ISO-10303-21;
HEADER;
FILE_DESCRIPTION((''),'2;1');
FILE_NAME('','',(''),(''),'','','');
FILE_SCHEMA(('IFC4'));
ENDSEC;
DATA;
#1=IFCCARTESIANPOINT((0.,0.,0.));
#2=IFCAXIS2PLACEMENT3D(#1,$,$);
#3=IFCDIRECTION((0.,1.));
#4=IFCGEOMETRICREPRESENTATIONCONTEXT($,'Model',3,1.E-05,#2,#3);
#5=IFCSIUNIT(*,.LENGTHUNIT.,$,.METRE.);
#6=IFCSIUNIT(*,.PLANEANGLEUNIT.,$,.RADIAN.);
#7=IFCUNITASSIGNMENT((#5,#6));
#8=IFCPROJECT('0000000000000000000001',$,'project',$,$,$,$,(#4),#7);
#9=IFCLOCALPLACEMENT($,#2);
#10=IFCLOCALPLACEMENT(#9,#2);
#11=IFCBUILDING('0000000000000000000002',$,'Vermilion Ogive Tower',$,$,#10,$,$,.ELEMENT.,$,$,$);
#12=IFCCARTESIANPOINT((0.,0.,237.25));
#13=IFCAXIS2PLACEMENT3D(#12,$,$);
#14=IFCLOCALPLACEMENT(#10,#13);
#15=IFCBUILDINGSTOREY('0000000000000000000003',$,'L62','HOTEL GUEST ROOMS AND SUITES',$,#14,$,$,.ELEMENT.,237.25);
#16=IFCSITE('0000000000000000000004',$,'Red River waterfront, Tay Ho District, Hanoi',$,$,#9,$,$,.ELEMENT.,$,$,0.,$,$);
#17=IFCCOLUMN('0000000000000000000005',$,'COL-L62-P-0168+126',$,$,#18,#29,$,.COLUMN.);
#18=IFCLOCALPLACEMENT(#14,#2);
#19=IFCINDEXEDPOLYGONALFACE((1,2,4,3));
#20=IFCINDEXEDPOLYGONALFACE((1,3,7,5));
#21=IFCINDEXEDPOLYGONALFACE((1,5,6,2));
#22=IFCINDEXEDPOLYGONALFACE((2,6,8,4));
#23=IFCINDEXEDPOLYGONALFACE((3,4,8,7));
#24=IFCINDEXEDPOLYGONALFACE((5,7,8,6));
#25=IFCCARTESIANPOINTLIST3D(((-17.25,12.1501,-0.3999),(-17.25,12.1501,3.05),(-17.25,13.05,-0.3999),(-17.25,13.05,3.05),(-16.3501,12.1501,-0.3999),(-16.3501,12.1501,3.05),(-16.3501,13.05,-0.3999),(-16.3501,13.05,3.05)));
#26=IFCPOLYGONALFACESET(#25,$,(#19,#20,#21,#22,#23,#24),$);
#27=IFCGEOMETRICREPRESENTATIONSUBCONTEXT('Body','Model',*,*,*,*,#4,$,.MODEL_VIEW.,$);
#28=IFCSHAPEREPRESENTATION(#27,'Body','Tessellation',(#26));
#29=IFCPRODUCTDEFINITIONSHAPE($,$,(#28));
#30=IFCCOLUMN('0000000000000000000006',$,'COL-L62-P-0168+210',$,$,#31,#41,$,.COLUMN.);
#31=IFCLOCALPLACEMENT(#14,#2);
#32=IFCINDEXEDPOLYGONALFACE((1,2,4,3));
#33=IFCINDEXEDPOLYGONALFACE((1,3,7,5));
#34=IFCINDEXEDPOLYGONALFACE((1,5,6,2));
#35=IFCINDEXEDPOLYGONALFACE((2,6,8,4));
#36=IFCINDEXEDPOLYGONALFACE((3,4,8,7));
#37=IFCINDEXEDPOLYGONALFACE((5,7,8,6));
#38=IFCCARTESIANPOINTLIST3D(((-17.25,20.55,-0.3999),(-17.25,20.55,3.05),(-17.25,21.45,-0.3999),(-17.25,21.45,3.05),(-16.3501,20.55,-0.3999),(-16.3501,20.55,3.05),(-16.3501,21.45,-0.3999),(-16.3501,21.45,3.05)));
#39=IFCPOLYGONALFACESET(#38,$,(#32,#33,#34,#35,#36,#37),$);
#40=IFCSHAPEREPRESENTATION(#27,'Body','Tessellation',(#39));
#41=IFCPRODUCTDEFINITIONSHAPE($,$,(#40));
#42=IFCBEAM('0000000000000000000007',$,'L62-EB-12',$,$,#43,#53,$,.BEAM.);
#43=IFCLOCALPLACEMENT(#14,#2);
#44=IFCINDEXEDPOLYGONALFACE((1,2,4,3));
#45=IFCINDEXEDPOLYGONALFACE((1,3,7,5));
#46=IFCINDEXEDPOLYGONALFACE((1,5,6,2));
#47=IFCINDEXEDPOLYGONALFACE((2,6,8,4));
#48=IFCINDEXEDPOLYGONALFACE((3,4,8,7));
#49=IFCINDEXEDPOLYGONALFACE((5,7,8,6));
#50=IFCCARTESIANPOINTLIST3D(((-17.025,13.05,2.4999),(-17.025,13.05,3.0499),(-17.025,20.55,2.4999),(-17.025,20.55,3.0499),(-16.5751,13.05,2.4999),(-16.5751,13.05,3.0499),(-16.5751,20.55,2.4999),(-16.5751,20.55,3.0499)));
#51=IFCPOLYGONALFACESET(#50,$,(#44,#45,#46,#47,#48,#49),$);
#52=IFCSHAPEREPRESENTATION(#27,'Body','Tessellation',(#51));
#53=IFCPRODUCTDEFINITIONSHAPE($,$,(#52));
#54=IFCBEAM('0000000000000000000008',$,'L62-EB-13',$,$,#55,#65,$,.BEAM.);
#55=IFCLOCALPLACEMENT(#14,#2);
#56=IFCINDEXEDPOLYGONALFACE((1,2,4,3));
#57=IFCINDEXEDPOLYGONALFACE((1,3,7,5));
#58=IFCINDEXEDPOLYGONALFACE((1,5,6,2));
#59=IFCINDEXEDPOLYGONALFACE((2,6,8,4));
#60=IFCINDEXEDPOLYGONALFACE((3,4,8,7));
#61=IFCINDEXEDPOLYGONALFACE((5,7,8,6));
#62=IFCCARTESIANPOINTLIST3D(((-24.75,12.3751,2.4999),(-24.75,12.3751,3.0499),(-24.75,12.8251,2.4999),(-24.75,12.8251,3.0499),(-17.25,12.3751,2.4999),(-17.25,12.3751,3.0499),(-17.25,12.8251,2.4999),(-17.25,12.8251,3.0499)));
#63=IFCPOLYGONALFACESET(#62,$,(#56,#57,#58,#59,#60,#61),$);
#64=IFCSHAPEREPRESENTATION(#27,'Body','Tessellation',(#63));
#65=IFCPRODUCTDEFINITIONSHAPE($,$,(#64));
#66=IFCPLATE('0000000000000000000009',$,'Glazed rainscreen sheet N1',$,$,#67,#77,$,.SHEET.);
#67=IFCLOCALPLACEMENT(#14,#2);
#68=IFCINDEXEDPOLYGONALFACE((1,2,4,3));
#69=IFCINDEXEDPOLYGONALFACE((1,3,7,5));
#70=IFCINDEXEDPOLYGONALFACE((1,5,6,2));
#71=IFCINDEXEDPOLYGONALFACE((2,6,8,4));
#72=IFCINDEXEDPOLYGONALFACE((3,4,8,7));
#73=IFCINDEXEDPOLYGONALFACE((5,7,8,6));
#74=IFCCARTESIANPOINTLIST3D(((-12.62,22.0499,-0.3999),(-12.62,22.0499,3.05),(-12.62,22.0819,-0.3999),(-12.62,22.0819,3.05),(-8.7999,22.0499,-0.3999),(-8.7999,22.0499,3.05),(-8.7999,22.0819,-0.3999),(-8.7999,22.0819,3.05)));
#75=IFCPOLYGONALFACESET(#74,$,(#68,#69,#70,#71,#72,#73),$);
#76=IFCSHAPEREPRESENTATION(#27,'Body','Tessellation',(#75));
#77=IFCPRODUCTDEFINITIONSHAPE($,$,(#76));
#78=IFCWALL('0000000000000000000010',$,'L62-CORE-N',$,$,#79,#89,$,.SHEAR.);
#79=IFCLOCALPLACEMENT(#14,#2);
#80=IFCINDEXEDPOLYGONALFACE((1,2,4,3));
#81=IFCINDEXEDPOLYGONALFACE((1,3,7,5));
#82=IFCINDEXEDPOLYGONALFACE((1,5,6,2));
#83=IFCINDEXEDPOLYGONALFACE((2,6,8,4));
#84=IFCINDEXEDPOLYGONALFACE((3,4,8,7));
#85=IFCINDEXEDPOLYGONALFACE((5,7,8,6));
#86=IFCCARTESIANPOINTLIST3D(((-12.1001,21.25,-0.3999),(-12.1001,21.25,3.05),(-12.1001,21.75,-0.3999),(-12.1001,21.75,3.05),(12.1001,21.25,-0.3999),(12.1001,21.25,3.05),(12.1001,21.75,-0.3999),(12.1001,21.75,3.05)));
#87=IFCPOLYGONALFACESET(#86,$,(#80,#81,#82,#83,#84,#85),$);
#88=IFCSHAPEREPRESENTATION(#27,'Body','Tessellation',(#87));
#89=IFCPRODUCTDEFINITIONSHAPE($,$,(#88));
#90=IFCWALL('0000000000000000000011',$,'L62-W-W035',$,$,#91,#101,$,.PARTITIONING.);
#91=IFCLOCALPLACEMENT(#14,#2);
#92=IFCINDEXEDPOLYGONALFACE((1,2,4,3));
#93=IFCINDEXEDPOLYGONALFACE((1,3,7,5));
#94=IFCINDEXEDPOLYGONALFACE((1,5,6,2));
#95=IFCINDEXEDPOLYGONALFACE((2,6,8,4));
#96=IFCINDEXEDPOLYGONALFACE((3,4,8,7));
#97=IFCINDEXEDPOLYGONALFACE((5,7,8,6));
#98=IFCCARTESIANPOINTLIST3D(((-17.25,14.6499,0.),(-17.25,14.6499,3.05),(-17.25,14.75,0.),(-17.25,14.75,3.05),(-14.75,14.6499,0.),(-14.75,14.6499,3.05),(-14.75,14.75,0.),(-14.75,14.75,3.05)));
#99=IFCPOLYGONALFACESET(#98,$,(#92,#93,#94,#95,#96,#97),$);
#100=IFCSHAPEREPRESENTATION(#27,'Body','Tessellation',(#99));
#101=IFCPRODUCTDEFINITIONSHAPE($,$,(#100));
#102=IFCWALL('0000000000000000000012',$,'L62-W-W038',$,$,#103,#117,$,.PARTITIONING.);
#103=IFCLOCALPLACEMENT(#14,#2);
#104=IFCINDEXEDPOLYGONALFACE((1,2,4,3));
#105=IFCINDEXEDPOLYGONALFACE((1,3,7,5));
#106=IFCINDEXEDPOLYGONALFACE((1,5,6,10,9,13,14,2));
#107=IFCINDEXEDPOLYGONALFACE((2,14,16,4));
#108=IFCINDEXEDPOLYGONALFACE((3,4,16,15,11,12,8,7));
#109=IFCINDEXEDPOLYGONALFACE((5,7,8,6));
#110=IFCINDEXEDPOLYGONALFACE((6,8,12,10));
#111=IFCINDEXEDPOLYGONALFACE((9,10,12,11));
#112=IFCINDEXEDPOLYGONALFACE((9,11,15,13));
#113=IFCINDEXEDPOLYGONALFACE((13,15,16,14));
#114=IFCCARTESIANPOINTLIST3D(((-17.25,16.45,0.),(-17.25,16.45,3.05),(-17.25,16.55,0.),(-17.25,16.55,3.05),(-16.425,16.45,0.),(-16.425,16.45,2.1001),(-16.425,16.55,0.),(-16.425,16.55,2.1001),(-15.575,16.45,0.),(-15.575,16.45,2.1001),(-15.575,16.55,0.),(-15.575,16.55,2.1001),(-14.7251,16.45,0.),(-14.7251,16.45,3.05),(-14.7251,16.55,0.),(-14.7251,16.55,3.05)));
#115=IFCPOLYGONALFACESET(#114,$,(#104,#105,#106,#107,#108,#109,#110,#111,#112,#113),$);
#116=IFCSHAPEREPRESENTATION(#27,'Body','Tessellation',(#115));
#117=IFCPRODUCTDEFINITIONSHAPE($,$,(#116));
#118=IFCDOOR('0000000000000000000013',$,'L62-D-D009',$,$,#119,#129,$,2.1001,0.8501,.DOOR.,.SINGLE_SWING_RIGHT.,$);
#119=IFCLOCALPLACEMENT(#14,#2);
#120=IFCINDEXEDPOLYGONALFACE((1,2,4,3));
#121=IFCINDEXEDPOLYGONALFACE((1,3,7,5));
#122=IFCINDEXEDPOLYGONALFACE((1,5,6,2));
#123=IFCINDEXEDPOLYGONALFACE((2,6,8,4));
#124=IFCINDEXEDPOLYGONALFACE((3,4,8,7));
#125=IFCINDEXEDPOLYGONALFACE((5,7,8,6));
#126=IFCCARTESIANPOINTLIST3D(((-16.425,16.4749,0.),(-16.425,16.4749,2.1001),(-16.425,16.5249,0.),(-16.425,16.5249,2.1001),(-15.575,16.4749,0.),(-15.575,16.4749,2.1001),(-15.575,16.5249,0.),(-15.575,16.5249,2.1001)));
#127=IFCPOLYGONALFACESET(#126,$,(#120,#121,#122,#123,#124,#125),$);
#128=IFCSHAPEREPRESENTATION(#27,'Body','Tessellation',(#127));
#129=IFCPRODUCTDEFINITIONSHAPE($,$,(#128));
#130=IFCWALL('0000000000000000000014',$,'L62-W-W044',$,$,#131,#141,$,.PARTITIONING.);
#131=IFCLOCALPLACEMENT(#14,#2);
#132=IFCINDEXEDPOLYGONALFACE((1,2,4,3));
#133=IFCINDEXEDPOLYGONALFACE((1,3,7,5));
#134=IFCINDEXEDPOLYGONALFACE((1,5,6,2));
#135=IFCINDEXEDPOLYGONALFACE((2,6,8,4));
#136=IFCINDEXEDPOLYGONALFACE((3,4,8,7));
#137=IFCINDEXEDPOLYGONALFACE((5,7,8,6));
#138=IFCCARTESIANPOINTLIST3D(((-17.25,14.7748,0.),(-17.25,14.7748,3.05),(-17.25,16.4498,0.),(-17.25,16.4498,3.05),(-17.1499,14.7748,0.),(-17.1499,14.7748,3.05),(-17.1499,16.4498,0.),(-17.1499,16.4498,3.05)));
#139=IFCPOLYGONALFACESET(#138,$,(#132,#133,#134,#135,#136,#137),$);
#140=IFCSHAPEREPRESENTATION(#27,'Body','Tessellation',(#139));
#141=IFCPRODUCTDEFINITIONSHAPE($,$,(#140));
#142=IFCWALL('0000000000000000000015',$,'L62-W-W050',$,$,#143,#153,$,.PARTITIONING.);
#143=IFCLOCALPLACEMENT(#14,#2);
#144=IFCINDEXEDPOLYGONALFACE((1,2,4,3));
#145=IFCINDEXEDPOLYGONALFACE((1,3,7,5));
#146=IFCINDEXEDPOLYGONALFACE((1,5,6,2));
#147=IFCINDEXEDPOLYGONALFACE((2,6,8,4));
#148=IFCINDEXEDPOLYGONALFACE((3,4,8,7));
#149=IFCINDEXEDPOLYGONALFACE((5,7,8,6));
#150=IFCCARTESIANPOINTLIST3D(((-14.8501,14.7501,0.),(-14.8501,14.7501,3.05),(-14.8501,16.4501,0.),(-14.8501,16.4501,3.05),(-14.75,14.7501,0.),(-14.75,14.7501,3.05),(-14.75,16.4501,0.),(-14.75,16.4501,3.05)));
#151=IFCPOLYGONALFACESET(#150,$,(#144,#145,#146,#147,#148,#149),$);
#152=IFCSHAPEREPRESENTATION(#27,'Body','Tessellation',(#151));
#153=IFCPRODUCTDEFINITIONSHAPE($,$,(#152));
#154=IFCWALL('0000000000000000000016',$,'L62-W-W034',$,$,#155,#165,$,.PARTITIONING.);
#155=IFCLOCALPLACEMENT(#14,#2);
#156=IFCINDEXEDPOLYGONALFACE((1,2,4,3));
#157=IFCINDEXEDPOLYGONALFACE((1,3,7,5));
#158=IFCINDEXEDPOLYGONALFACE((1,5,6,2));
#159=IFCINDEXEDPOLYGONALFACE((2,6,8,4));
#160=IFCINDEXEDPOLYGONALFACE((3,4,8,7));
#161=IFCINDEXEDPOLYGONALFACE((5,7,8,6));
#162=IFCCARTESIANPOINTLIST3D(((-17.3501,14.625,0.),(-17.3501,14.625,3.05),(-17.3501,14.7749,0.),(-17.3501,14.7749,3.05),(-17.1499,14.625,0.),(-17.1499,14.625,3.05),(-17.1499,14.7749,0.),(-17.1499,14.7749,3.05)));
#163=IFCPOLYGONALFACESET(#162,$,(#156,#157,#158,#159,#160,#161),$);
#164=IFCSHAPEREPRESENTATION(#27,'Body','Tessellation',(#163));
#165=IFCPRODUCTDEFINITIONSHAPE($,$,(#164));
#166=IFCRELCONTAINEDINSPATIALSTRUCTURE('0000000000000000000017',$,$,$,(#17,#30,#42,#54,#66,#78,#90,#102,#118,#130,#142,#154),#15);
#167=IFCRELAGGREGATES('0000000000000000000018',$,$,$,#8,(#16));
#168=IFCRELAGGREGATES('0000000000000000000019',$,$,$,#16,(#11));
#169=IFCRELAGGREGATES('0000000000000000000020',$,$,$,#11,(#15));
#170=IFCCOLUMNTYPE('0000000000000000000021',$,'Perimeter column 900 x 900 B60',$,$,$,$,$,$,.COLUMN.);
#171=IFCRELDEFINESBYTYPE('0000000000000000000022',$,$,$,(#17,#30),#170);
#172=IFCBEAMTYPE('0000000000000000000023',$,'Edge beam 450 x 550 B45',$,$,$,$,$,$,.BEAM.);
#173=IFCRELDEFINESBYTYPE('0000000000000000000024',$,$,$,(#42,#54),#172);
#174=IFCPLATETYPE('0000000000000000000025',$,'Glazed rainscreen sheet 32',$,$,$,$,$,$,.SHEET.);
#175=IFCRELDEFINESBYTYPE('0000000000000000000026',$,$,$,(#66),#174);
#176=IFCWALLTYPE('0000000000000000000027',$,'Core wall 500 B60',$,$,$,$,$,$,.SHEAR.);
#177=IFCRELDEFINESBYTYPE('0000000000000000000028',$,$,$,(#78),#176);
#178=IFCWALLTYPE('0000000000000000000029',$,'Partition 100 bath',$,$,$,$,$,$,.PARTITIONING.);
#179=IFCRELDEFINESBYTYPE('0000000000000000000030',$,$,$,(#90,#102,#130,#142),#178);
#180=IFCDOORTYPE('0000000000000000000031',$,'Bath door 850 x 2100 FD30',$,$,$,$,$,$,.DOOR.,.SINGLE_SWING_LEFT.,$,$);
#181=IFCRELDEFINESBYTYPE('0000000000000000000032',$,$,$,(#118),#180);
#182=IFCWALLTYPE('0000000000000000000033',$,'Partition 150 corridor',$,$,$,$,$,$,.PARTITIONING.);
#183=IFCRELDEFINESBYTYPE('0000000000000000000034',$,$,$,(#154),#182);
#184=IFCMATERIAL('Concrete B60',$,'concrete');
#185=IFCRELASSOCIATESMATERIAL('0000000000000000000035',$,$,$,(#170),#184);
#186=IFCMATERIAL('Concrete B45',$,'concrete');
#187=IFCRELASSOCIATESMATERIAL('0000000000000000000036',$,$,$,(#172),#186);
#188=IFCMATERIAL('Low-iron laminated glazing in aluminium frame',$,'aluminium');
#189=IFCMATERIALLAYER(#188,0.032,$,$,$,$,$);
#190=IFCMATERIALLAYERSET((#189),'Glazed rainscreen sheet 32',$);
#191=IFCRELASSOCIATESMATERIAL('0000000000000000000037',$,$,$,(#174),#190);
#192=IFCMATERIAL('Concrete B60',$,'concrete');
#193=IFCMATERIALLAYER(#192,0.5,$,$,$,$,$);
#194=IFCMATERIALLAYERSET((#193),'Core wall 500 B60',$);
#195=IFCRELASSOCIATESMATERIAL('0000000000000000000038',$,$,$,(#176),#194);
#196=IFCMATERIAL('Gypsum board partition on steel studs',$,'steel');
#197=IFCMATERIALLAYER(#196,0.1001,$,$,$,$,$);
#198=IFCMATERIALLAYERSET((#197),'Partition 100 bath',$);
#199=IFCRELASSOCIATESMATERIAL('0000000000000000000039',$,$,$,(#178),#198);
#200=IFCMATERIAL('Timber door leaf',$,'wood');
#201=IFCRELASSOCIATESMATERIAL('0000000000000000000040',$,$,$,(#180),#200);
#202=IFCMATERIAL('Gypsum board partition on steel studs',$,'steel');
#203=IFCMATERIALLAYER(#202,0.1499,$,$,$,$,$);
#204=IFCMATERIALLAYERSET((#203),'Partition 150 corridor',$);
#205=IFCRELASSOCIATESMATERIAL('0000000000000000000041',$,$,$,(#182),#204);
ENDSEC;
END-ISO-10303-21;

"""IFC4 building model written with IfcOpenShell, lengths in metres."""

from ifc_helpers import new_model, si_unit, direction, frame, frame_2d, origin, origin_2d, place, context, subcontext, project, spatial, rectangle, extrude, material, layer, layer_set, material_profile, profile_set, type_object, element, fill, save


model = new_model("IFC4")

# Units and contexts
model_context = context("Model", 3, precision=1e-05, world=origin(), true_north=direction((0.0, 1.0)))
body_context = subcontext(model_context, "Body", "Model", "MODEL_VIEW")
ifc_project = project(units=[si_unit("LENGTHUNIT", "METRE"), si_unit("PLANEANGLEUNIT", "RADIAN")], contexts=[model_context])

# Site, building, storey
site_placement = place(None, origin())
site = spatial("IfcSite", under=ifc_project, at=site_placement, Name="Red River waterfront, Tay Ho District, Hanoi", CompositionType="ELEMENT", RefElevation=0.0)
building_placement = place(site_placement, origin())
building = spatial("IfcBuilding", under=site, at=building_placement, Name="Vermilion Ogive Tower", CompositionType="ELEMENT")
storey_placement = place(building_placement, frame((0.0, 0.0, 237.25)))
storey = spatial("IfcBuildingStorey", under=building, at=storey_placement, Name="L62", Description="HOTEL GUEST ROOMS AND SUITES", CompositionType="ELEMENT", Elevation=237.25)

# Columns
ifc_material_1 = material(Name="Concrete B60", Category="concrete")
ifc_material_profile_1 = material_profile(ifc_material_1, rectangle(XDim=0.8999, YDim=0.8999, at=origin_2d()), Name="900 x 900")
ifc_profile_set_1 = profile_set([ifc_material_profile_1], Name="Concrete B60")
column_type = type_object("IfcColumnType", Name="Perimeter column 900 x 900 B60", PredefinedType="COLUMN", material=ifc_profile_set_1)
for number, where, z_axis, x_axis, name in (
    (1, (-16.8, 12.6001, -0.3999), (0.0, 0.0, 1.0), (1.0, 0.0, 0.0), "COL-L62-P-0168+126"),
    (2, (-16.8, 21.0, -0.3999), (0.0, 0.0, 1.0), (1.0, 0.0, 0.0), "COL-L62-P-0168+210"),
):
    element("IfcColumn", number, at=place(storey_placement, frame(where, z_axis=z_axis, x_axis=x_axis)), inside=storey, type_object=column_type, Name=name, PredefinedType="COLUMN", context=body_context, shape_type="SweptSolid", body=[
        extrude(rectangle(XDim=0.8999, YDim=0.8999, at=origin_2d()), origin(), (0.0, 0.0, 1.0), 3.45),
    ])

# Beams
ifc_material_2 = material(Name="Concrete B45", Category="concrete")
ifc_material_profile_2 = material_profile(ifc_material_2, rectangle(XDim=0.45, YDim=0.55, at=origin_2d()), Name="450 x 550")
ifc_profile_set_2 = profile_set([ifc_material_profile_2], Name="Concrete B45")
beam_type = type_object("IfcBeamType", Name="Edge beam 450 x 550 B45", PredefinedType="BEAM", material=ifc_profile_set_2)
for number, where, z_axis, x_axis, name in (
    (3, (-16.8, 20.55, 2.7749), (0.0, -1.0, 0.0), (1.0, 0.0, 0.0), "L62-EB-12"),
    (4, (-17.25, 12.6001, 2.7749), (-1.0, 0.0, 0.0), (0.0, -1.0, 0.0), "L62-EB-13"),
):
    element("IfcBeam", number, at=place(storey_placement, frame(where, z_axis=z_axis, x_axis=x_axis)), inside=storey, type_object=beam_type, Name=name, PredefinedType="BEAM", context=body_context, shape_type="SweptSolid", body=[
        extrude(rectangle(XDim=0.45, YDim=0.55, at=origin_2d()), origin(), (0.0, 0.0, 1.0), 7.5),
    ])

# Plate
ifc_material_3 = material(Name="Low-iron laminated glazing in aluminium frame", Category="aluminium")
ifc_layer_1 = layer(ifc_material_3, 0.032)
ifc_layer_set_1 = layer_set([ifc_layer_1], Name="Glazed rainscreen sheet 32")
plate_type = type_object("IfcPlateType", Name="Glazed rainscreen sheet 32", PredefinedType="SHEET", material=ifc_layer_set_1)
plate_placement = place(storey_placement, frame((-10.71, 22.0659, -0.3999), z_axis=(0.0, 0.0, 1.0), x_axis=(1.0, 0.0, 0.0)))
element("IfcPlate", 5, at=plate_placement, inside=storey, type_object=plate_type, Name="Glazed rainscreen sheet N1", PredefinedType="SHEET", context=body_context, shape_type="SweptSolid", body=[
    extrude(rectangle(XDim=3.8201, YDim=0.032, at=origin_2d()), origin(), (0.0, 0.0, 1.0), 3.45),
])

# Walls
ifc_material_4 = material(Name="Concrete B60", Category="concrete")
ifc_layer_2 = layer(ifc_material_4, 0.5)
ifc_layer_set_2 = layer_set([ifc_layer_2], Name="Core wall 500 B60")
wall_type_1 = type_object("IfcWallType", Name="Core wall 500 B60", PredefinedType="SHEAR", material=ifc_layer_set_2)
wall_1_placement = place(storey_placement, frame((-12.1001, 21.5, -0.3999), z_axis=(0.0, 0.0, 1.0), x_axis=(1.0, 0.0, 0.0)))
element("IfcWall", 6, at=wall_1_placement, inside=storey, type_object=wall_type_1, Name="L62-CORE-N", PredefinedType="SHEAR", context=body_context, shape_type="SweptSolid", body=[
    extrude(rectangle(XDim=24.2002, YDim=0.5, at=frame_2d((12.1001, 0.0))), origin(), (0.0, 0.0, 1.0), 3.45),
])
ifc_material_5 = material(Name="Gypsum board partition on steel studs", Category="steel")
ifc_layer_3 = layer(ifc_material_5, 0.1001)
ifc_layer_set_3 = layer_set([ifc_layer_3], Name="Partition 100 bath")
wall_type_2 = type_object("IfcWallType", Name="Partition 100 bath", PredefinedType="PARTITIONING", material=ifc_layer_set_3)
wall_2_placement = place(storey_placement, frame((-17.25, 14.7, 0.0), z_axis=(0.0, 0.0, 1.0), x_axis=(1.0, 0.0, 0.0)))
element("IfcWall", 7, at=wall_2_placement, inside=storey, type_object=wall_type_2, Name="L62-W-W035", PredefinedType="PARTITIONING", context=body_context, shape_type="SweptSolid", body=[
    extrude(rectangle(XDim=2.5, YDim=0.1001, at=frame_2d((1.25, 0.0))), origin(), (0.0, 0.0, 1.0), 3.05),
])

# Wall, opening, door
wall_3_placement = place(storey_placement, frame((-17.25, 16.5, 0.0), z_axis=(0.0, 0.0, 1.0), x_axis=(1.0, 0.0, 0.0)))
wall_3 = element("IfcWall", 8, at=wall_3_placement, inside=storey, type_object=wall_type_2, Name="L62-W-W038", PredefinedType="PARTITIONING", context=body_context, shape_type="SweptSolid", body=[
    extrude(rectangle(XDim=2.5249, YDim=0.1001, at=frame_2d((1.2625, 0.0))), origin(), (0.0, 0.0, 1.0), 3.05),
])
opening_1_placement = place(wall_3_placement, frame((0.825, 0.0, 0.0)))
opening_1 = element("IfcOpeningElement", 9, at=opening_1_placement, cuts=wall_3, PredefinedType="OPENING", context=body_context, shape_type="SweptSolid", body=[
    extrude(rectangle(XDim=0.8501, YDim=2.1001, at=frame_2d((0.425, 1.05))), frame((0.0, 0.0601, 0.0), z_axis=(0.0, -1.0, 0.0), x_axis=(1.0, 0.0, 0.0)), (0.0, 0.0, 1.0), 0.1201),
])
ifc_material_6 = material(Name="Timber door leaf", Category="wood")
door_type_1 = type_object("IfcDoorType", Name="Bath door 850 x 2100 FD30", OperationType="SINGLE_SWING_LEFT", PredefinedType="DOOR", material=ifc_material_6)
door_1_placement = place(opening_1_placement, origin())
door_1 = element("IfcDoor", 10, at=door_1_placement, inside=storey, type_object=door_type_1, Name="L62-D-D009", OperationType="SINGLE_SWING_RIGHT", OverallHeight=2.1001, OverallWidth=0.8501, PredefinedType="DOOR", context=body_context, shape_type="SweptSolid", body=[
    extrude(rectangle(XDim=0.8501, YDim=2.1001, at=frame_2d((0.425, 1.05))), frame((0.0, 0.0249, 0.0), z_axis=(0.0, -1.0, 0.0), x_axis=(1.0, 0.0, 0.0)), (0.0, 0.0, 1.0), 0.05),
])
fill(opening_1, door_1)

# Walls
wall_4_placement = place(storey_placement, frame((-17.2, 14.7749, 0.0), z_axis=(0.0, 0.0, 1.0), x_axis=(0.0, 1.0, 0.0)))
element("IfcWall", 11, at=wall_4_placement, inside=storey, type_object=wall_type_2, Name="L62-W-W044", PredefinedType="PARTITIONING", context=body_context, shape_type="SweptSolid", body=[
    extrude(rectangle(XDim=1.675, YDim=0.1001, at=frame_2d((0.8374, 0.0))), origin(), (0.0, 0.0, 1.0), 3.05),
])
wall_5_placement = place(storey_placement, frame((-14.8, 14.75, 0.0), z_axis=(0.0, 0.0, 1.0), x_axis=(0.0, 1.0, 0.0)))
element("IfcWall", 12, at=wall_5_placement, inside=storey, type_object=wall_type_2, Name="L62-W-W050", PredefinedType="PARTITIONING", context=body_context, shape_type="SweptSolid", body=[
    extrude(rectangle(XDim=1.7, YDim=0.1001, at=frame_2d((0.8501, 0.0))), origin(), (0.0, 0.0, 1.0), 3.05),
])
ifc_material_7 = material(Name="Gypsum board partition on steel studs", Category="steel")
ifc_layer_4 = layer(ifc_material_7, 0.1499)
ifc_layer_set_4 = layer_set([ifc_layer_4], Name="Partition 150 corridor")
wall_type_3 = type_object("IfcWallType", Name="Partition 150 corridor", PredefinedType="PARTITIONING", material=ifc_layer_set_4)
wall_6_placement = place(storey_placement, frame((-17.3501, 14.7, 0.0), z_axis=(0.0, 0.0, 1.0), x_axis=(1.0, 0.0, 0.0)))
element("IfcWall", 13, at=wall_6_placement, inside=storey, type_object=wall_type_3, Name="L62-W-W034", PredefinedType="PARTITIONING", context=body_context, shape_type="SweptSolid", body=[
    extrude(rectangle(XDim=0.2002, YDim=0.1499, at=frame_2d((0.1001, 0.0))), origin(), (0.0, 0.0, 1.0), 3.05),
])

save(model, "model.ifc")
